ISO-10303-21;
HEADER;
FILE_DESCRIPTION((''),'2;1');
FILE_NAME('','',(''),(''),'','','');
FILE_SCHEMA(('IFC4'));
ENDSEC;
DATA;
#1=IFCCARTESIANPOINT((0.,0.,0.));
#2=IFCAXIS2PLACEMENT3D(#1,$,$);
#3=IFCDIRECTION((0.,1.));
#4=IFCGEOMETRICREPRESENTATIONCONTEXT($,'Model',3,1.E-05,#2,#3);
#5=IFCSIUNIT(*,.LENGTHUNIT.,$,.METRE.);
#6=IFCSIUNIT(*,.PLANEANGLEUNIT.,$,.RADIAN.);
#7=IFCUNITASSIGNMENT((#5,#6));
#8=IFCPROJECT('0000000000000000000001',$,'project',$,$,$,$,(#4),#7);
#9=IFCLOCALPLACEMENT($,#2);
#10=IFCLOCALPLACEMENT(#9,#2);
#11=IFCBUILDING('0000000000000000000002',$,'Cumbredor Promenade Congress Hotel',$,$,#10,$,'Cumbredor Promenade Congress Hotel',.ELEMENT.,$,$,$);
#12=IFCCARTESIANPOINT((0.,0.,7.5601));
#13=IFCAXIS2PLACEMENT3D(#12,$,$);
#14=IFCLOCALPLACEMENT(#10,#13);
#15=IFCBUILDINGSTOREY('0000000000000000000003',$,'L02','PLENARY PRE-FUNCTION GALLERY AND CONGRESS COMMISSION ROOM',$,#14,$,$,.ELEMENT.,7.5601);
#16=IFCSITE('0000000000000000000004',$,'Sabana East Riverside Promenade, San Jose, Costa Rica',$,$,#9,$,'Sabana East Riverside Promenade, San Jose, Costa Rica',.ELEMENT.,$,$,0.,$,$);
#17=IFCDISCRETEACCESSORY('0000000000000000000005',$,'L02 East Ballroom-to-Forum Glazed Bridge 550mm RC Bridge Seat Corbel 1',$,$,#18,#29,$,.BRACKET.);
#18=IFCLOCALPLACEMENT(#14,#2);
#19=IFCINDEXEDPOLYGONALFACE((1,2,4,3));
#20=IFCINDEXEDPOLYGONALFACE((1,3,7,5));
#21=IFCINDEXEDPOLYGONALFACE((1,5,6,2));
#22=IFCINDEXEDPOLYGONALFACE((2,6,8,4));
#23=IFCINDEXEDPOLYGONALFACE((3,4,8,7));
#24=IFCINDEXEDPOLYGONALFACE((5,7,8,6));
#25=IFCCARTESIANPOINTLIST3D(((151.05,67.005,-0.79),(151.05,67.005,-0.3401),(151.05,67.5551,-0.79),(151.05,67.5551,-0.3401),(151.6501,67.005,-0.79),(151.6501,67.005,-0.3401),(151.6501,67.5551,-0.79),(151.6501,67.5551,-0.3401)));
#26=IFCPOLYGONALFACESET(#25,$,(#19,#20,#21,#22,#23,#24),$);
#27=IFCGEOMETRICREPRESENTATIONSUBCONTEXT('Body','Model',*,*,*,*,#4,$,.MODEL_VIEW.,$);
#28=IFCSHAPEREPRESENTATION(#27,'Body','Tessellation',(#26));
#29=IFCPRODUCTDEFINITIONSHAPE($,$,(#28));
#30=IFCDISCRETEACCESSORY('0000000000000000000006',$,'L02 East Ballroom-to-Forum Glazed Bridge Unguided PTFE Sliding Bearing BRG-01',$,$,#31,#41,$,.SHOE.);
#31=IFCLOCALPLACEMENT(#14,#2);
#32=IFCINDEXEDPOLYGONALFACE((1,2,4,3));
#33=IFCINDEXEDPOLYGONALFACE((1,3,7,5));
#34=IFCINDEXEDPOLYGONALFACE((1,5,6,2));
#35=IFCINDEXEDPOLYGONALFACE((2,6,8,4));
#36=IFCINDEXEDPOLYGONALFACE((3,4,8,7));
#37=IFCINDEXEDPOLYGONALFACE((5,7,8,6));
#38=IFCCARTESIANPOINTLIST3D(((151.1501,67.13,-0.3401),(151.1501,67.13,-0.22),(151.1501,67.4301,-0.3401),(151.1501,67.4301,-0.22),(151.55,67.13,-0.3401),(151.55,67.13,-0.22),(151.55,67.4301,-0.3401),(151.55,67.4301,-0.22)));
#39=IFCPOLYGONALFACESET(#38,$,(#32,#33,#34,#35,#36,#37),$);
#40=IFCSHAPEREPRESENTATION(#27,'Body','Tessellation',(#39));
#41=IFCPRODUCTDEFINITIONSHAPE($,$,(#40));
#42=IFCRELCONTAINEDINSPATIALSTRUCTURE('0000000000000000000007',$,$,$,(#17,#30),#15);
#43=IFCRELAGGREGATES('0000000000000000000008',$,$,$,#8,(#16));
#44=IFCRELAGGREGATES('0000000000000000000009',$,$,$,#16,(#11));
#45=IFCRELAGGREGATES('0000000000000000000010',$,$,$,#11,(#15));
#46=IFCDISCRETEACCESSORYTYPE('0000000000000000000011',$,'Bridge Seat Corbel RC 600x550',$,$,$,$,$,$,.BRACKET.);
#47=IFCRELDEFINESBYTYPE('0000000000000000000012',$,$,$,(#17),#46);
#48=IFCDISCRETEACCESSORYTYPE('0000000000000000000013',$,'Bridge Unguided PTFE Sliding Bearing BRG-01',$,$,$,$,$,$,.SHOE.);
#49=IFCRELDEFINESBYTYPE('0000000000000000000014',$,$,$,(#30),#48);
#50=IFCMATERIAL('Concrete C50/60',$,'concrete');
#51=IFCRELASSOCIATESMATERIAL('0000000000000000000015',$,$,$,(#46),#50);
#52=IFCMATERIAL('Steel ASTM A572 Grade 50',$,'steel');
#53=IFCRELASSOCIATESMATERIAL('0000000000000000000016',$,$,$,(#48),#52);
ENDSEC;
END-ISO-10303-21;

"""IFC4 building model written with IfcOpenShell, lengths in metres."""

from ifc_helpers import new_model, si_unit, direction, frame, origin, origin_2d, place, context, subcontext, project, spatial, rectangle, extrude, material, type_object, element, save


model = new_model("IFC4")

# Units and contexts
model_context = context("Model", 3, precision=1e-05, world=origin(), true_north=direction((0.0, 1.0)))
body_context = subcontext(model_context, "Body", "Model", "MODEL_VIEW")
ifc_project = project(units=[si_unit("LENGTHUNIT", "METRE"), si_unit("PLANEANGLEUNIT", "RADIAN")], contexts=[model_context])

# Site, building, storey
site_placement = place(None, origin())
site = spatial("IfcSite", under=ifc_project, at=site_placement, Name="Sabana East Riverside Promenade, San Jose, Costa Rica", LongName="Sabana East Riverside Promenade, San Jose, Costa Rica", CompositionType="ELEMENT", RefElevation=0.0)
building_placement = place(site_placement, origin())
building = spatial("IfcBuilding", under=site, at=building_placement, Name="Cumbredor Promenade Congress Hotel", LongName="Cumbredor Promenade Congress Hotel", CompositionType="ELEMENT")
storey_placement = place(building_placement, frame((0.0, 0.0, 7.5601)))
storey = spatial("IfcBuildingStorey", under=building, at=storey_placement, Name="L02", Description="PLENARY PRE-FUNCTION GALLERY AND CONGRESS COMMISSION ROOM", CompositionType="ELEMENT", Elevation=7.5601)

# Discrete accessories
ifc_material_1 = material(Name="Concrete C50/60", Category="concrete")
discrete_accessory_type_1 = type_object("IfcDiscreteAccessoryType", Name="Bridge Seat Corbel RC 600x550", PredefinedType="BRACKET", material=ifc_material_1)
discrete_accessory_1_placement = place(storey_placement, frame((151.3501, 67.28, -0.79), z_axis=(0.0, 0.0, 1.0), x_axis=(0.0, 1.0, 0.0)))
element("IfcDiscreteAccessory", 1, at=discrete_accessory_1_placement, inside=storey, type_object=discrete_accessory_type_1, Name="L02 East Ballroom-to-Forum Glazed Bridge 550mm RC Bridge Seat Corbel 1", PredefinedType="BRACKET", context=body_context, shape_type="SweptSolid", body=[
    extrude(rectangle(XDim=0.55, YDim=0.6001, at=origin_2d()), origin(), (0.0, 0.0, 1.0), 0.45),
])
ifc_material_2 = material(Name="Steel ASTM A572 Grade 50", Category="steel")
discrete_accessory_type_2 = type_object("IfcDiscreteAccessoryType", Name="Bridge Unguided PTFE Sliding Bearing BRG-01", PredefinedType="SHOE", material=ifc_material_2)
discrete_accessory_2_placement = place(storey_placement, frame((151.3501, 67.28, -0.3401), z_axis=(0.0, 0.0, 1.0), x_axis=(0.0, 1.0, 0.0)))
element("IfcDiscreteAccessory", 2, at=discrete_accessory_2_placement, inside=storey, type_object=discrete_accessory_type_2, Name="L02 East Ballroom-to-Forum Glazed Bridge Unguided PTFE Sliding Bearing BRG-01", PredefinedType="SHOE", context=body_context, shape_type="SweptSolid", body=[
    extrude(rectangle(XDim=0.3, YDim=0.3999, at=origin_2d()), origin(), (0.0, 0.0, 1.0), 0.1201),
])

save(model, "model.ifc")
